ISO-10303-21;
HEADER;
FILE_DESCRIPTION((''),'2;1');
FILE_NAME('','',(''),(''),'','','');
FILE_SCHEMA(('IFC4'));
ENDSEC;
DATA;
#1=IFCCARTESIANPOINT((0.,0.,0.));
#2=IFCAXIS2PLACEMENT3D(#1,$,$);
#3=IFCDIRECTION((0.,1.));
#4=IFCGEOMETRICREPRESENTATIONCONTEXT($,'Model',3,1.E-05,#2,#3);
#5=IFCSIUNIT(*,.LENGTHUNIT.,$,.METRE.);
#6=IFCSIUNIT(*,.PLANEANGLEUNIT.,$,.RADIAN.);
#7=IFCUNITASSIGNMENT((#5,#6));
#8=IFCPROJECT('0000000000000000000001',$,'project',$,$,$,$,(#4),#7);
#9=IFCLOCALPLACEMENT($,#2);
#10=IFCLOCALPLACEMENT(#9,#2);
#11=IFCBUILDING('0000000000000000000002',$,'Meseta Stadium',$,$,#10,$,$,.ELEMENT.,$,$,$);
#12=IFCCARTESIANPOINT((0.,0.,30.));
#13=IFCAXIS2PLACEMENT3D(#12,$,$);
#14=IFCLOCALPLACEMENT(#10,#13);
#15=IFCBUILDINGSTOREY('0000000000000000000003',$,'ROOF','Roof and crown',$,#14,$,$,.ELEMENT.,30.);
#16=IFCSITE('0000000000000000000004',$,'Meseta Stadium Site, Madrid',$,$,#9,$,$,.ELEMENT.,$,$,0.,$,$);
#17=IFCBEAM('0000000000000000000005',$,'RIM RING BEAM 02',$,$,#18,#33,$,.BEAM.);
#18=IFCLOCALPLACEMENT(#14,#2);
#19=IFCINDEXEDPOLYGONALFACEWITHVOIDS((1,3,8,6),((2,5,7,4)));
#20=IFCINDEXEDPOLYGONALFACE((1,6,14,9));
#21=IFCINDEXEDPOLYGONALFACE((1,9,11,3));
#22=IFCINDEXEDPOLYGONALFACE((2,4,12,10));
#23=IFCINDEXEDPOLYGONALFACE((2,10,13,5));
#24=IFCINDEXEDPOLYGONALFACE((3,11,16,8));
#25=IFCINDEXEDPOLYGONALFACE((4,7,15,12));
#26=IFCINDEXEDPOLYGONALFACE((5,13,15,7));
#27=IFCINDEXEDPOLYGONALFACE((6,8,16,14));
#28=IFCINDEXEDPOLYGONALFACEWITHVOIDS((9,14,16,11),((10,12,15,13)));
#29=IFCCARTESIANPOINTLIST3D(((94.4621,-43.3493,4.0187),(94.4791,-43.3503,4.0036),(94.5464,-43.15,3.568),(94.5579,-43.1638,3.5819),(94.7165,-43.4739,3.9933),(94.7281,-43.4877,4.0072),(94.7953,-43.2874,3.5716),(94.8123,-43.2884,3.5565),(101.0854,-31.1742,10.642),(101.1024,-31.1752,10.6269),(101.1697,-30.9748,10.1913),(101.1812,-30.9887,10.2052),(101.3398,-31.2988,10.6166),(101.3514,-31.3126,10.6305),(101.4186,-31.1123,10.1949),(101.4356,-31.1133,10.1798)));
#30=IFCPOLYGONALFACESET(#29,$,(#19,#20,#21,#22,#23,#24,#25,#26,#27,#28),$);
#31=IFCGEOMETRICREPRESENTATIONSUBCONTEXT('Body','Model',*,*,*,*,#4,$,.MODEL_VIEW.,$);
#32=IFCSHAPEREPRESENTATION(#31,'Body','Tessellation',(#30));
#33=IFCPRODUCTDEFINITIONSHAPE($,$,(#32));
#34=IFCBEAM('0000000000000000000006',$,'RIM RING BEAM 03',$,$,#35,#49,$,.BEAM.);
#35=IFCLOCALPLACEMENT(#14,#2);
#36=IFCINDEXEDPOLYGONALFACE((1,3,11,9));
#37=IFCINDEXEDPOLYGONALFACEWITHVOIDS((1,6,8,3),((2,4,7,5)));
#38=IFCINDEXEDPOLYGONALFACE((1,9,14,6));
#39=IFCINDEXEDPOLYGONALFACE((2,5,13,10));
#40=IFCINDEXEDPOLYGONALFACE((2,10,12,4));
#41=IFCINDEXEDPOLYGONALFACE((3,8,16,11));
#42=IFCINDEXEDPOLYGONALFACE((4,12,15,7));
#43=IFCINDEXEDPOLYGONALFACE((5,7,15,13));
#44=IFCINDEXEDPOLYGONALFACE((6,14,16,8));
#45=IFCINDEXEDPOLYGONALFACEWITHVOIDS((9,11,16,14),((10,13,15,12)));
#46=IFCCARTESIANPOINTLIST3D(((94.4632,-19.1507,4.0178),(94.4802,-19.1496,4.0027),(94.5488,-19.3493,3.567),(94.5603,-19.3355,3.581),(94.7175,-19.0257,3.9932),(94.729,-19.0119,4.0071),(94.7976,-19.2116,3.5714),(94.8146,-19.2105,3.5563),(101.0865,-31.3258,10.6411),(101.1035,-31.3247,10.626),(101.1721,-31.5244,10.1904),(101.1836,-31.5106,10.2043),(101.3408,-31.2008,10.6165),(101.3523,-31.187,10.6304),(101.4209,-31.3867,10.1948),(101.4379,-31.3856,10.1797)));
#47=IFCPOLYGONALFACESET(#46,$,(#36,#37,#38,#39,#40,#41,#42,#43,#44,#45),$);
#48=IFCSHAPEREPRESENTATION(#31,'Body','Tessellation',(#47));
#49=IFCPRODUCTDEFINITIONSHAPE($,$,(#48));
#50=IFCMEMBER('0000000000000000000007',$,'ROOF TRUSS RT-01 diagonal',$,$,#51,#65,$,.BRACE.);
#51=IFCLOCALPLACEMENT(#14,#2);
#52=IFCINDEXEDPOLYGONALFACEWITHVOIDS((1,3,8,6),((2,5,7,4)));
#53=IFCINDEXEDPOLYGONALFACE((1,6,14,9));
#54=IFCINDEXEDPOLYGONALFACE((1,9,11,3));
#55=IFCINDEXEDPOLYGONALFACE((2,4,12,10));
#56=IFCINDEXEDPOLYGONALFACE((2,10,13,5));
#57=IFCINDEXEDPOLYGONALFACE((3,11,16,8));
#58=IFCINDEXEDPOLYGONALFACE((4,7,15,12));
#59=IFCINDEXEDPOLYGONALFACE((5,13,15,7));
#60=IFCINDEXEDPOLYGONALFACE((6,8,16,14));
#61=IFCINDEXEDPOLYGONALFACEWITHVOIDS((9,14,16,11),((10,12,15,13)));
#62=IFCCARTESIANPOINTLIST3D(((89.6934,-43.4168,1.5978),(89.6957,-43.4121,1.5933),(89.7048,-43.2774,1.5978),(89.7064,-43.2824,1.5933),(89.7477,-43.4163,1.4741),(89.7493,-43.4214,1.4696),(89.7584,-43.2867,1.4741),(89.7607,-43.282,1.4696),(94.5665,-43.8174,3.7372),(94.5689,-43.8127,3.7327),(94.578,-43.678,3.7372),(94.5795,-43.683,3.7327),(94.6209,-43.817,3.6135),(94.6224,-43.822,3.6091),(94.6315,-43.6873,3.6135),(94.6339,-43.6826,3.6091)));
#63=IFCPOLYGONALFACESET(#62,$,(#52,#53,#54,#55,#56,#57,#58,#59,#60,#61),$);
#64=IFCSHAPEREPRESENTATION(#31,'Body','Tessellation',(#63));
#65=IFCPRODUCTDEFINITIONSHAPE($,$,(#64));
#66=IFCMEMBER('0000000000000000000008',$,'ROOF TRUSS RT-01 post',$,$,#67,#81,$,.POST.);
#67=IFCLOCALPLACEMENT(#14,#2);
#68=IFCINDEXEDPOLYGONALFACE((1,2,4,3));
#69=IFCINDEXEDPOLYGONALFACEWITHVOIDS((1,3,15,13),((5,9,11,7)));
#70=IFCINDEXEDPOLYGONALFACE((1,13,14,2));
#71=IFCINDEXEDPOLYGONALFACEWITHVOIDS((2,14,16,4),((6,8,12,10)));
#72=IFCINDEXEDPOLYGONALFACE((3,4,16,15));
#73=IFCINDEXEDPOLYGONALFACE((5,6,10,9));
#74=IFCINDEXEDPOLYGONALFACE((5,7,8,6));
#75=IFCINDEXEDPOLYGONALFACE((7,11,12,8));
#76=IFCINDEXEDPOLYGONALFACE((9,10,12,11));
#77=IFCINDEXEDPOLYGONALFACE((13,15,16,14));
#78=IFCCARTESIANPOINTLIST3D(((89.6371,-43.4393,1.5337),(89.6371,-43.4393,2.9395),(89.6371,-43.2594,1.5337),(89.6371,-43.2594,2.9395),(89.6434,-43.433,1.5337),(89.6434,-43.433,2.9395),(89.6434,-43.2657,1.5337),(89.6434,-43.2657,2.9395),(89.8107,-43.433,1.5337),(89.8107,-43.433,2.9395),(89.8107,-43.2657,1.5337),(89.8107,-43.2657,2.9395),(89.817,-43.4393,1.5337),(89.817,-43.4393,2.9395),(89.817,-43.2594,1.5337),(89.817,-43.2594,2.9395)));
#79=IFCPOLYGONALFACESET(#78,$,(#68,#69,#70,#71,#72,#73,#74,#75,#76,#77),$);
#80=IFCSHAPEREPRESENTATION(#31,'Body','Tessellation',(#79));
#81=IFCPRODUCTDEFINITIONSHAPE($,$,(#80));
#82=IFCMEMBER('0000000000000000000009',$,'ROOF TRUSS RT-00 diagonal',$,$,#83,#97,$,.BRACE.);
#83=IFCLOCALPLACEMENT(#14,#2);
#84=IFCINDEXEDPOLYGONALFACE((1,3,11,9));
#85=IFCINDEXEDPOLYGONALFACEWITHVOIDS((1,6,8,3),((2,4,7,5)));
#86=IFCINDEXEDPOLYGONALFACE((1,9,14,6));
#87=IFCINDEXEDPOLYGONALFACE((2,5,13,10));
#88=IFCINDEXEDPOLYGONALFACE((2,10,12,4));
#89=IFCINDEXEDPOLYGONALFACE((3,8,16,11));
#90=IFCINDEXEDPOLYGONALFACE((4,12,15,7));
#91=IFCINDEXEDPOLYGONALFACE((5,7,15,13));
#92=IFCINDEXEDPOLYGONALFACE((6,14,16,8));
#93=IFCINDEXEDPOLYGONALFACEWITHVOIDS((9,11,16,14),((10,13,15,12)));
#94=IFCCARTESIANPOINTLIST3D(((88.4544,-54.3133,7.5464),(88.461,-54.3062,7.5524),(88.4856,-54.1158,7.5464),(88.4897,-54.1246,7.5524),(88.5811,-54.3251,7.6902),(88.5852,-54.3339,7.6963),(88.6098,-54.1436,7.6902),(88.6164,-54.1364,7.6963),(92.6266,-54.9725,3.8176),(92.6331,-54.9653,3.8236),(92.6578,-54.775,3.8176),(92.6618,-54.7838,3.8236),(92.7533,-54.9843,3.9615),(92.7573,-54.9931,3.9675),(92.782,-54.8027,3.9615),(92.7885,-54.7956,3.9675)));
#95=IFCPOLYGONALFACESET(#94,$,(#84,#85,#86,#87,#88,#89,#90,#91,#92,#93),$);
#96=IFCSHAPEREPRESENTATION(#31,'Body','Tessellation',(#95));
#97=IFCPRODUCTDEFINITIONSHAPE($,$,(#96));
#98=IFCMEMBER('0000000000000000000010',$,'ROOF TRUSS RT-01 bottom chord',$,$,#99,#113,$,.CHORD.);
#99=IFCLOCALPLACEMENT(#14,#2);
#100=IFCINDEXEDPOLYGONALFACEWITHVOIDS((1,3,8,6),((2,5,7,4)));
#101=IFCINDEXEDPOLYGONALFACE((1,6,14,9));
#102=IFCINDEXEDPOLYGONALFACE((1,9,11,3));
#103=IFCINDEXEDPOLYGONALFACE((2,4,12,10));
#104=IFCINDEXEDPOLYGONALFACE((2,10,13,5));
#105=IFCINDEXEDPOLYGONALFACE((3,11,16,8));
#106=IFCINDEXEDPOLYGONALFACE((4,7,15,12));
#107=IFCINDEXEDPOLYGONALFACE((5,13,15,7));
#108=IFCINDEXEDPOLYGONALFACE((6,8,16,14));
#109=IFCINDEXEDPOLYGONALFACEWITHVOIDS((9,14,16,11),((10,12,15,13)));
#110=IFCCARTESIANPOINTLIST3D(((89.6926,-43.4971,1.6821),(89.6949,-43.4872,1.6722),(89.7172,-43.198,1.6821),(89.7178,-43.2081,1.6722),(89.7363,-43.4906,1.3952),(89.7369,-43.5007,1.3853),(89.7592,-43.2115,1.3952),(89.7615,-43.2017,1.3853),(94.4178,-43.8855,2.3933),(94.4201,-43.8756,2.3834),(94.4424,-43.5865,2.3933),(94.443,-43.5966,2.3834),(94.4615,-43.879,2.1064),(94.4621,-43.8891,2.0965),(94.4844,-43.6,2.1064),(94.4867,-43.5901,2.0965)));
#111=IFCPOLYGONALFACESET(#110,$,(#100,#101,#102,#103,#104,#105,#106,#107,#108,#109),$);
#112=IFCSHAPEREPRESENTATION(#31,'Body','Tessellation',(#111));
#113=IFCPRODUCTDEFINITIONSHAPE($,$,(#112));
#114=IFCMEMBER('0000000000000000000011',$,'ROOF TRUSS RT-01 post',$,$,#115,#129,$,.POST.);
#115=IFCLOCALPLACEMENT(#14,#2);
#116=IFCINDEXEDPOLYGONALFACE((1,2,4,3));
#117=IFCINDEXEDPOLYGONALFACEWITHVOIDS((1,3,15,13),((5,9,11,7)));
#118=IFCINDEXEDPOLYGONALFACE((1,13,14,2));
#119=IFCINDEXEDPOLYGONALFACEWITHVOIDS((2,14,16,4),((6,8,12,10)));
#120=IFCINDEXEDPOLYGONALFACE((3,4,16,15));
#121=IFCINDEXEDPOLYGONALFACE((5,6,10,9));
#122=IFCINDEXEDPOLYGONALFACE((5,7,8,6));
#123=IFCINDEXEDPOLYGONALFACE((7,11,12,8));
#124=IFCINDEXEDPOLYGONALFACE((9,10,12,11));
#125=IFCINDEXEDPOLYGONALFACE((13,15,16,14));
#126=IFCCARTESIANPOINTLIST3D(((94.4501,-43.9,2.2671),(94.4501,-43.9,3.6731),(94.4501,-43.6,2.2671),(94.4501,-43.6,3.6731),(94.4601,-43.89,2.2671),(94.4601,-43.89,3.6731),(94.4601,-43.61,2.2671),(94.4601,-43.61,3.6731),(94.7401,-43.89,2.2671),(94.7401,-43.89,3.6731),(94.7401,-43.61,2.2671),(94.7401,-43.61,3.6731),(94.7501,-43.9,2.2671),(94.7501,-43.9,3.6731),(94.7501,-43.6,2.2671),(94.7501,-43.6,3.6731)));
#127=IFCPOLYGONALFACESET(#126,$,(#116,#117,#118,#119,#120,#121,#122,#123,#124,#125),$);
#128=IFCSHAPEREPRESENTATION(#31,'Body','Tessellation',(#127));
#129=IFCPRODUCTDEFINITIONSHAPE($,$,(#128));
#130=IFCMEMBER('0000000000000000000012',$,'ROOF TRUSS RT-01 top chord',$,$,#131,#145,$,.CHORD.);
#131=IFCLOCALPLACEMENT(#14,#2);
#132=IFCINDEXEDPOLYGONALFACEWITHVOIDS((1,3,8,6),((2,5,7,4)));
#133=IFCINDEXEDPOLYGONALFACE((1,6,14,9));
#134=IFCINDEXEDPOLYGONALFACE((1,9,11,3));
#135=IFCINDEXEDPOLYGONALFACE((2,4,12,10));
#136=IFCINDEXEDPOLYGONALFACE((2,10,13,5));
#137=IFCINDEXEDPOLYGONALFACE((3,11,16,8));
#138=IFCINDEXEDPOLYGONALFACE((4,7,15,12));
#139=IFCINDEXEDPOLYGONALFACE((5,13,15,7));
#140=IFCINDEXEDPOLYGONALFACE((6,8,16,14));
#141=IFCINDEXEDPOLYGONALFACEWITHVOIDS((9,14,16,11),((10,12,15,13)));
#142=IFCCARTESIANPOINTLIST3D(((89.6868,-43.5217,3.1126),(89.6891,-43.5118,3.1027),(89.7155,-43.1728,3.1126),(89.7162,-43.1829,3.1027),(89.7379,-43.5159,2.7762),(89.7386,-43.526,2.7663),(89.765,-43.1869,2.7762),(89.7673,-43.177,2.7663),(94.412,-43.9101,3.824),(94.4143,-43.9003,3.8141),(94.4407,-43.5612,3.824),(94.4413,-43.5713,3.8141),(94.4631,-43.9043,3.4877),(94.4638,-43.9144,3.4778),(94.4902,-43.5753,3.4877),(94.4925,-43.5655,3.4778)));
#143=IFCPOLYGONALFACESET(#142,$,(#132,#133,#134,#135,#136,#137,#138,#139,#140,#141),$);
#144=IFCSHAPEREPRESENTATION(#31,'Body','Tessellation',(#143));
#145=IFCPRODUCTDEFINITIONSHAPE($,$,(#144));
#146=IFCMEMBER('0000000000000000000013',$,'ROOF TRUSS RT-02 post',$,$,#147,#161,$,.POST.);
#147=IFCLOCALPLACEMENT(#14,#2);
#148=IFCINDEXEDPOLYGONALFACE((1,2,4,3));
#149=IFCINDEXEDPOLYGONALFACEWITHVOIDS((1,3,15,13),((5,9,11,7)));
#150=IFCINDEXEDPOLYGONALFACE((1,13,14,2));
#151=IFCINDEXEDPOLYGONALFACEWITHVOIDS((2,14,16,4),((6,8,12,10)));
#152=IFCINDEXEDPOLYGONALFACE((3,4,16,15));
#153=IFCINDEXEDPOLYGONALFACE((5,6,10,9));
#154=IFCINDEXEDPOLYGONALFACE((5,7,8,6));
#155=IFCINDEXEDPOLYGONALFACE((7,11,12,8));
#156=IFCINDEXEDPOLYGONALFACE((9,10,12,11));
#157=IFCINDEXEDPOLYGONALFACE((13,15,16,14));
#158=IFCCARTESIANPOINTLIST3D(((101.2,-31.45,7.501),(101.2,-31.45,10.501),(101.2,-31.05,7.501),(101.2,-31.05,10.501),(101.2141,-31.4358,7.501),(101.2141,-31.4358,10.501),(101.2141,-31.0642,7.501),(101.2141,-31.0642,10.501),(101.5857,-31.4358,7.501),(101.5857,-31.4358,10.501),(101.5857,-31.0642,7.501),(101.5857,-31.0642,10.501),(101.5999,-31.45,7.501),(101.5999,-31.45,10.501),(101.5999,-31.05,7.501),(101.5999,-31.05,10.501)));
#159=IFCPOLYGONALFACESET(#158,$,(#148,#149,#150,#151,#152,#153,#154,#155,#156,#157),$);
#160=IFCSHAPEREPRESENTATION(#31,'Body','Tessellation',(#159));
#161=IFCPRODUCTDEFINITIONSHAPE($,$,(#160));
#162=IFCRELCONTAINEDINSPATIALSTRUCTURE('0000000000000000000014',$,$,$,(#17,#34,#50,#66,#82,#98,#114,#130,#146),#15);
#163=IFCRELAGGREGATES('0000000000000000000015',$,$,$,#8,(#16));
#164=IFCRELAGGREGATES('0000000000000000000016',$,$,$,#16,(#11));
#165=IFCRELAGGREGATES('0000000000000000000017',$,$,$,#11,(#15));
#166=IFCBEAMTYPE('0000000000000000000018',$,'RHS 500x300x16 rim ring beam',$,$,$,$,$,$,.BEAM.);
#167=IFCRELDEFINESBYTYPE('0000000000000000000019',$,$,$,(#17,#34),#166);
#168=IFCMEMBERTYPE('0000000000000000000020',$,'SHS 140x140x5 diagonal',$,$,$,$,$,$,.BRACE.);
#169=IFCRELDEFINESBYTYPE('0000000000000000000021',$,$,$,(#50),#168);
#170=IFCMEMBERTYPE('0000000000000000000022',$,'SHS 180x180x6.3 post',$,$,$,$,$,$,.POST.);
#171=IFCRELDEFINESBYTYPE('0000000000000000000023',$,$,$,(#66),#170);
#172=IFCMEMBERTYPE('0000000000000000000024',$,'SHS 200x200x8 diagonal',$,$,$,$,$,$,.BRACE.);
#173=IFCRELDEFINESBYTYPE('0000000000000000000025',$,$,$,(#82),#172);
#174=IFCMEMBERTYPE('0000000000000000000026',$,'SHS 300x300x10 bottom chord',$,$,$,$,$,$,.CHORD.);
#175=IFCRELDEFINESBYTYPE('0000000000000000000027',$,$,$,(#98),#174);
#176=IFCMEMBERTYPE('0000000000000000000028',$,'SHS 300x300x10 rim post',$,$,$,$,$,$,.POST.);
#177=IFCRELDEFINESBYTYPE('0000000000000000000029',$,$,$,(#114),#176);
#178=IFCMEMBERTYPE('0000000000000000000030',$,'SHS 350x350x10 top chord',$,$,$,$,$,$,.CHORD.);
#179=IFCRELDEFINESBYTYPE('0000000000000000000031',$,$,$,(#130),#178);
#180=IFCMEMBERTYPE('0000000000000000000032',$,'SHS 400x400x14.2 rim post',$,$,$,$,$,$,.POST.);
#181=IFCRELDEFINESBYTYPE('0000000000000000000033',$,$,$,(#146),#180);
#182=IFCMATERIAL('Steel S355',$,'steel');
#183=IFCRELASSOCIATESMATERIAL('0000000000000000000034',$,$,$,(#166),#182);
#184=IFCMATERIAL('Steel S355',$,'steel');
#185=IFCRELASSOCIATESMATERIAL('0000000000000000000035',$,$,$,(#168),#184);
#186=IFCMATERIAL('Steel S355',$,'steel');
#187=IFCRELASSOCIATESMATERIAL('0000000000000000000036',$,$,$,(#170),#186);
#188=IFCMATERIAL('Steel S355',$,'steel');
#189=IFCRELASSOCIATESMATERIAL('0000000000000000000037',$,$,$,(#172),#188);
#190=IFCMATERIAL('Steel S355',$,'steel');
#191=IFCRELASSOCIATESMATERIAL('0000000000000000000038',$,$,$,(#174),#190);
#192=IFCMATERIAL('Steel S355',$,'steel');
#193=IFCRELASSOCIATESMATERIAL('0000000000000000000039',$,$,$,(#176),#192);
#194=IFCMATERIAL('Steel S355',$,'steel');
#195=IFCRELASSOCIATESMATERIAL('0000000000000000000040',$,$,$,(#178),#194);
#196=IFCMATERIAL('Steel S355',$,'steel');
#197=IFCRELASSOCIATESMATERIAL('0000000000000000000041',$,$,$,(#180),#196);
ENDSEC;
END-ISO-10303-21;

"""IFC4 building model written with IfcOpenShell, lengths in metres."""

from ifc_helpers import new_model, si_unit, direction, frame, origin, origin_2d, place, context, subcontext, project, spatial, hollow_rectangle, extrude, material, material_profile, profile_set, type_object, element, save


model = new_model("IFC4")

# Units and contexts
model_context = context("Model", 3, precision=1e-05, world=origin(), true_north=direction((0.0, 1.0)))
body_context = subcontext(model_context, "Body", "Model", "MODEL_VIEW")
ifc_project = project(units=[si_unit("LENGTHUNIT", "METRE"), si_unit("PLANEANGLEUNIT", "RADIAN")], contexts=[model_context])

# Site, building, storey
site_placement = place(None, origin())
site = spatial("IfcSite", under=ifc_project, at=site_placement, Name="Meseta Stadium Site, Madrid", CompositionType="ELEMENT", RefElevation=0.0)
building_placement = place(site_placement, origin())
building = spatial("IfcBuilding", under=site, at=building_placement, Name="Meseta Stadium", CompositionType="ELEMENT")
storey_placement = place(building_placement, frame((0.0, 0.0, 30.0)))
storey = spatial("IfcBuildingStorey", under=building, at=storey_placement, Name="ROOF", Description="Roof and crown", CompositionType="ELEMENT", Elevation=30.0)

# Beams
ifc_material_1 = material(Name="Steel S355", Category="steel")
ifc_material_profile_1 = material_profile(ifc_material_1, hollow_rectangle(XDim=0.3, YDim=0.5, WallThickness=0.0161, at=origin_2d()), Name="RHS 500x300x16")
ifc_profile_set_1 = profile_set([ifc_material_profile_1], Name="Steel S355")
beam_type = type_object("IfcBeamType", Name="RHS 500x300x16 rim ring beam", PredefinedType="BEAM", material=ifc_profile_set_1)
for number, where, z_axis, x_axis, name in (
    (1, (94.6372, -43.3188, 3.7876), (0.431169, 0.792582, 0.431169), (-0.886398, 0.461331, 0.038371), "RIM RING BEAM 02"),
    (2, (101.2622, -31.3557, 10.4104), (-0.431169, 0.792582, -0.431169), (-0.885878, -0.462549, 0.035613), "RIM RING BEAM 03"),
):
    element("IfcBeam", number, at=place(storey_placement, frame(where, z_axis=z_axis, x_axis=x_axis)), inside=storey, type_object=beam_type, Name=name, PredefinedType="BEAM", context=body_context, shape_type="SweptSolid", body=[
        extrude(hollow_rectangle(XDim=0.3, YDim=0.5, WallThickness=0.0161, at=origin_2d()), origin(), (0.0, 0.0, 1.0), 15.3613),
    ])

# Members
ifc_material_2 = material(Name="Steel S355", Category="steel")
ifc_material_profile_2 = material_profile(ifc_material_2, hollow_rectangle(XDim=0.1399, YDim=0.1399, WallThickness=0.0049, at=origin_2d()), Name="SHS 140x140x5")
ifc_profile_set_2 = profile_set([ifc_material_profile_2], Name="Steel S355")
member_type_1 = type_object("IfcMemberType", Name="SHS 140x140x5 diagonal", PredefinedType="BRACE", material=ifc_profile_set_2)
member_1_placement = place(storey_placement, frame((89.7271, -43.3494, 1.5337), z_axis=(0.913059, -0.075067, 0.400859), x_axis=(0.081938, 0.996637, 0.0)))
element("IfcMember", 3, at=member_1_placement, inside=storey, type_object=member_type_1, Name="ROOF TRUSS RT-01 diagonal", PredefinedType="BRACE", context=body_context, shape_type="SweptSolid", body=[
    extrude(hollow_rectangle(XDim=0.1399, YDim=0.1399, WallThickness=0.0049, at=origin_2d()), origin(), (0.0, 0.0, 1.0), 5.3372),
])
ifc_material_3 = material(Name="Steel S355", Category="steel")
ifc_material_profile_3 = material_profile(ifc_material_3, hollow_rectangle(XDim=0.1799, YDim=0.1799, WallThickness=0.0063, at=origin_2d()), Name="SHS 180x180x6.3")
ifc_profile_set_3 = profile_set([ifc_material_profile_3], Name="Steel S355")
member_type_2 = type_object("IfcMemberType", Name="SHS 180x180x6.3 post", PredefinedType="POST", material=ifc_profile_set_3)
member_2_placement = place(storey_placement, frame((89.7271, -43.3494, 1.5337), z_axis=(0.0, 0.0, 1.0), x_axis=(1.0, 0.0, 0.0)))
element("IfcMember", 4, at=member_2_placement, inside=storey, type_object=member_type_2, Name="ROOF TRUSS RT-01 post", PredefinedType="POST", context=body_context, shape_type="SweptSolid", body=[
    extrude(hollow_rectangle(XDim=0.1799, YDim=0.1799, WallThickness=0.0063, at=origin_2d()), origin(), (0.0, 0.0, 1.0), 1.4058),
])
ifc_material_4 = material(Name="Steel S355", Category="steel")
ifc_material_profile_4 = material_profile(ifc_material_4, hollow_rectangle(XDim=0.2, YDim=0.2, WallThickness=0.0081, at=origin_2d()), Name="SHS 200x200x8")
ifc_profile_set_4 = profile_set([ifc_material_profile_4], Name="Steel S355")
member_type_3 = type_object("IfcMemberType", Name="SHS 200x200x8 diagonal", PredefinedType="BRACE", material=ifc_profile_set_4)
member_3_placement = place(storey_placement, frame((88.5354, -54.2249, 7.6213), z_axis=(0.740493, -0.116995, -0.661803), x_axis=(0.156061, 0.987747, 0.0)))
element("IfcMember", 5, at=member_3_placement, inside=storey, type_object=member_type_3, Name="ROOF TRUSS RT-00 diagonal", PredefinedType="BRACE", context=body_context, shape_type="SweptSolid", body=[
    extrude(hollow_rectangle(XDim=0.2, YDim=0.2, WallThickness=0.0081, at=origin_2d()), origin(), (0.0, 0.0, 1.0), 5.6343),
])
ifc_material_5 = material(Name="Steel S355", Category="steel")
ifc_material_profile_5 = material_profile(ifc_material_5, hollow_rectangle(XDim=0.3, YDim=0.3, WallThickness=0.01, at=origin_2d()), Name="SHS 300x300x10")
ifc_profile_set_5 = profile_set([ifc_material_profile_5], Name="Steel S355")
member_type_4 = type_object("IfcMemberType", Name="SHS 300x300x10 bottom chord", PredefinedType="CHORD", material=ifc_profile_set_5)
member_4_placement = place(storey_placement, frame((89.7271, -43.3494, 1.5337), z_axis=(0.985611, -0.081022, 0.148346), x_axis=(0.081929, 0.996638, 0.0)))
element("IfcMember", 6, at=member_4_placement, inside=storey, type_object=member_type_4, Name="ROOF TRUSS RT-01 bottom chord", PredefinedType="CHORD", context=body_context, shape_type="SweptSolid", body=[
    extrude(hollow_rectangle(XDim=0.3, YDim=0.3, WallThickness=0.01, at=origin_2d()), origin(), (0.0, 0.0, 1.0), 4.7942),
])
ifc_material_6 = material(Name="Steel S355", Category="steel")
ifc_material_profile_6 = material_profile(ifc_material_6, hollow_rectangle(XDim=0.3, YDim=0.3, WallThickness=0.01, at=origin_2d()), Name="SHS 300x300x10")
ifc_profile_set_6 = profile_set([ifc_material_profile_6], Name="Steel S355")
member_type_5 = type_object("IfcMemberType", Name="SHS 300x300x10 rim post", PredefinedType="POST", material=ifc_profile_set_6)
member_5_placement = place(storey_placement, frame((94.6001, -43.75, 2.2671), z_axis=(0.0, 0.0, 1.0), x_axis=(1.0, 0.0, 0.0)))
element("IfcMember", 7, at=member_5_placement, inside=storey, type_object=member_type_5, Name="ROOF TRUSS RT-01 post", PredefinedType="POST", context=body_context, shape_type="SweptSolid", body=[
    extrude(hollow_rectangle(XDim=0.3, YDim=0.3, WallThickness=0.01, at=origin_2d()), origin(), (0.0, 0.0, 1.0), 1.406),
])
ifc_material_7 = material(Name="Steel S355", Category="steel")
ifc_material_profile_7 = material_profile(ifc_material_7, hollow_rectangle(XDim=0.3501, YDim=0.3501, WallThickness=0.01, at=origin_2d()), Name="SHS 350x350x10")
ifc_profile_set_7 = profile_set([ifc_material_profile_7], Name="Steel S355")
member_type_6 = type_object("IfcMemberType", Name="SHS 350x350x10 top chord", PredefinedType="CHORD", material=ifc_profile_set_7)
member_6_placement = place(storey_placement, frame((89.7271, -43.3494, 2.9395), z_axis=(0.985603, -0.081022, 0.148396), x_axis=(0.081929, 0.996638, 0.0)))
element("IfcMember", 8, at=member_6_placement, inside=storey, type_object=member_type_6, Name="ROOF TRUSS RT-01 top chord", PredefinedType="CHORD", context=body_context, shape_type="SweptSolid", body=[
    extrude(hollow_rectangle(XDim=0.3501, YDim=0.3501, WallThickness=0.01, at=origin_2d()), origin(), (0.0, 0.0, 1.0), 4.7942),
])
ifc_material_8 = material(Name="Steel S355", Category="steel")
ifc_material_profile_8 = material_profile(ifc_material_8, hollow_rectangle(XDim=0.3999, YDim=0.3999, WallThickness=0.0142, at=origin_2d()), Name="SHS 400x400x14.2")
ifc_profile_set_8 = profile_set([ifc_material_profile_8], Name="Steel S355")
member_type_7 = type_object("IfcMemberType", Name="SHS 400x400x14.2 rim post", PredefinedType="POST", material=ifc_profile_set_8)
member_7_placement = place(storey_placement, frame((101.3999, -31.25, 7.501), z_axis=(0.0, 0.0, 1.0), x_axis=(1.0, 0.0, 0.0)))
element("IfcMember", 9, at=member_7_placement, inside=storey, type_object=member_type_7, Name="ROOF TRUSS RT-02 post", PredefinedType="POST", context=body_context, shape_type="SweptSolid", body=[
    extrude(hollow_rectangle(XDim=0.3999, YDim=0.3999, WallThickness=0.0142, at=origin_2d()), origin(), (0.0, 0.0, 1.0), 3.0),
])

save(model, "model.ifc")
